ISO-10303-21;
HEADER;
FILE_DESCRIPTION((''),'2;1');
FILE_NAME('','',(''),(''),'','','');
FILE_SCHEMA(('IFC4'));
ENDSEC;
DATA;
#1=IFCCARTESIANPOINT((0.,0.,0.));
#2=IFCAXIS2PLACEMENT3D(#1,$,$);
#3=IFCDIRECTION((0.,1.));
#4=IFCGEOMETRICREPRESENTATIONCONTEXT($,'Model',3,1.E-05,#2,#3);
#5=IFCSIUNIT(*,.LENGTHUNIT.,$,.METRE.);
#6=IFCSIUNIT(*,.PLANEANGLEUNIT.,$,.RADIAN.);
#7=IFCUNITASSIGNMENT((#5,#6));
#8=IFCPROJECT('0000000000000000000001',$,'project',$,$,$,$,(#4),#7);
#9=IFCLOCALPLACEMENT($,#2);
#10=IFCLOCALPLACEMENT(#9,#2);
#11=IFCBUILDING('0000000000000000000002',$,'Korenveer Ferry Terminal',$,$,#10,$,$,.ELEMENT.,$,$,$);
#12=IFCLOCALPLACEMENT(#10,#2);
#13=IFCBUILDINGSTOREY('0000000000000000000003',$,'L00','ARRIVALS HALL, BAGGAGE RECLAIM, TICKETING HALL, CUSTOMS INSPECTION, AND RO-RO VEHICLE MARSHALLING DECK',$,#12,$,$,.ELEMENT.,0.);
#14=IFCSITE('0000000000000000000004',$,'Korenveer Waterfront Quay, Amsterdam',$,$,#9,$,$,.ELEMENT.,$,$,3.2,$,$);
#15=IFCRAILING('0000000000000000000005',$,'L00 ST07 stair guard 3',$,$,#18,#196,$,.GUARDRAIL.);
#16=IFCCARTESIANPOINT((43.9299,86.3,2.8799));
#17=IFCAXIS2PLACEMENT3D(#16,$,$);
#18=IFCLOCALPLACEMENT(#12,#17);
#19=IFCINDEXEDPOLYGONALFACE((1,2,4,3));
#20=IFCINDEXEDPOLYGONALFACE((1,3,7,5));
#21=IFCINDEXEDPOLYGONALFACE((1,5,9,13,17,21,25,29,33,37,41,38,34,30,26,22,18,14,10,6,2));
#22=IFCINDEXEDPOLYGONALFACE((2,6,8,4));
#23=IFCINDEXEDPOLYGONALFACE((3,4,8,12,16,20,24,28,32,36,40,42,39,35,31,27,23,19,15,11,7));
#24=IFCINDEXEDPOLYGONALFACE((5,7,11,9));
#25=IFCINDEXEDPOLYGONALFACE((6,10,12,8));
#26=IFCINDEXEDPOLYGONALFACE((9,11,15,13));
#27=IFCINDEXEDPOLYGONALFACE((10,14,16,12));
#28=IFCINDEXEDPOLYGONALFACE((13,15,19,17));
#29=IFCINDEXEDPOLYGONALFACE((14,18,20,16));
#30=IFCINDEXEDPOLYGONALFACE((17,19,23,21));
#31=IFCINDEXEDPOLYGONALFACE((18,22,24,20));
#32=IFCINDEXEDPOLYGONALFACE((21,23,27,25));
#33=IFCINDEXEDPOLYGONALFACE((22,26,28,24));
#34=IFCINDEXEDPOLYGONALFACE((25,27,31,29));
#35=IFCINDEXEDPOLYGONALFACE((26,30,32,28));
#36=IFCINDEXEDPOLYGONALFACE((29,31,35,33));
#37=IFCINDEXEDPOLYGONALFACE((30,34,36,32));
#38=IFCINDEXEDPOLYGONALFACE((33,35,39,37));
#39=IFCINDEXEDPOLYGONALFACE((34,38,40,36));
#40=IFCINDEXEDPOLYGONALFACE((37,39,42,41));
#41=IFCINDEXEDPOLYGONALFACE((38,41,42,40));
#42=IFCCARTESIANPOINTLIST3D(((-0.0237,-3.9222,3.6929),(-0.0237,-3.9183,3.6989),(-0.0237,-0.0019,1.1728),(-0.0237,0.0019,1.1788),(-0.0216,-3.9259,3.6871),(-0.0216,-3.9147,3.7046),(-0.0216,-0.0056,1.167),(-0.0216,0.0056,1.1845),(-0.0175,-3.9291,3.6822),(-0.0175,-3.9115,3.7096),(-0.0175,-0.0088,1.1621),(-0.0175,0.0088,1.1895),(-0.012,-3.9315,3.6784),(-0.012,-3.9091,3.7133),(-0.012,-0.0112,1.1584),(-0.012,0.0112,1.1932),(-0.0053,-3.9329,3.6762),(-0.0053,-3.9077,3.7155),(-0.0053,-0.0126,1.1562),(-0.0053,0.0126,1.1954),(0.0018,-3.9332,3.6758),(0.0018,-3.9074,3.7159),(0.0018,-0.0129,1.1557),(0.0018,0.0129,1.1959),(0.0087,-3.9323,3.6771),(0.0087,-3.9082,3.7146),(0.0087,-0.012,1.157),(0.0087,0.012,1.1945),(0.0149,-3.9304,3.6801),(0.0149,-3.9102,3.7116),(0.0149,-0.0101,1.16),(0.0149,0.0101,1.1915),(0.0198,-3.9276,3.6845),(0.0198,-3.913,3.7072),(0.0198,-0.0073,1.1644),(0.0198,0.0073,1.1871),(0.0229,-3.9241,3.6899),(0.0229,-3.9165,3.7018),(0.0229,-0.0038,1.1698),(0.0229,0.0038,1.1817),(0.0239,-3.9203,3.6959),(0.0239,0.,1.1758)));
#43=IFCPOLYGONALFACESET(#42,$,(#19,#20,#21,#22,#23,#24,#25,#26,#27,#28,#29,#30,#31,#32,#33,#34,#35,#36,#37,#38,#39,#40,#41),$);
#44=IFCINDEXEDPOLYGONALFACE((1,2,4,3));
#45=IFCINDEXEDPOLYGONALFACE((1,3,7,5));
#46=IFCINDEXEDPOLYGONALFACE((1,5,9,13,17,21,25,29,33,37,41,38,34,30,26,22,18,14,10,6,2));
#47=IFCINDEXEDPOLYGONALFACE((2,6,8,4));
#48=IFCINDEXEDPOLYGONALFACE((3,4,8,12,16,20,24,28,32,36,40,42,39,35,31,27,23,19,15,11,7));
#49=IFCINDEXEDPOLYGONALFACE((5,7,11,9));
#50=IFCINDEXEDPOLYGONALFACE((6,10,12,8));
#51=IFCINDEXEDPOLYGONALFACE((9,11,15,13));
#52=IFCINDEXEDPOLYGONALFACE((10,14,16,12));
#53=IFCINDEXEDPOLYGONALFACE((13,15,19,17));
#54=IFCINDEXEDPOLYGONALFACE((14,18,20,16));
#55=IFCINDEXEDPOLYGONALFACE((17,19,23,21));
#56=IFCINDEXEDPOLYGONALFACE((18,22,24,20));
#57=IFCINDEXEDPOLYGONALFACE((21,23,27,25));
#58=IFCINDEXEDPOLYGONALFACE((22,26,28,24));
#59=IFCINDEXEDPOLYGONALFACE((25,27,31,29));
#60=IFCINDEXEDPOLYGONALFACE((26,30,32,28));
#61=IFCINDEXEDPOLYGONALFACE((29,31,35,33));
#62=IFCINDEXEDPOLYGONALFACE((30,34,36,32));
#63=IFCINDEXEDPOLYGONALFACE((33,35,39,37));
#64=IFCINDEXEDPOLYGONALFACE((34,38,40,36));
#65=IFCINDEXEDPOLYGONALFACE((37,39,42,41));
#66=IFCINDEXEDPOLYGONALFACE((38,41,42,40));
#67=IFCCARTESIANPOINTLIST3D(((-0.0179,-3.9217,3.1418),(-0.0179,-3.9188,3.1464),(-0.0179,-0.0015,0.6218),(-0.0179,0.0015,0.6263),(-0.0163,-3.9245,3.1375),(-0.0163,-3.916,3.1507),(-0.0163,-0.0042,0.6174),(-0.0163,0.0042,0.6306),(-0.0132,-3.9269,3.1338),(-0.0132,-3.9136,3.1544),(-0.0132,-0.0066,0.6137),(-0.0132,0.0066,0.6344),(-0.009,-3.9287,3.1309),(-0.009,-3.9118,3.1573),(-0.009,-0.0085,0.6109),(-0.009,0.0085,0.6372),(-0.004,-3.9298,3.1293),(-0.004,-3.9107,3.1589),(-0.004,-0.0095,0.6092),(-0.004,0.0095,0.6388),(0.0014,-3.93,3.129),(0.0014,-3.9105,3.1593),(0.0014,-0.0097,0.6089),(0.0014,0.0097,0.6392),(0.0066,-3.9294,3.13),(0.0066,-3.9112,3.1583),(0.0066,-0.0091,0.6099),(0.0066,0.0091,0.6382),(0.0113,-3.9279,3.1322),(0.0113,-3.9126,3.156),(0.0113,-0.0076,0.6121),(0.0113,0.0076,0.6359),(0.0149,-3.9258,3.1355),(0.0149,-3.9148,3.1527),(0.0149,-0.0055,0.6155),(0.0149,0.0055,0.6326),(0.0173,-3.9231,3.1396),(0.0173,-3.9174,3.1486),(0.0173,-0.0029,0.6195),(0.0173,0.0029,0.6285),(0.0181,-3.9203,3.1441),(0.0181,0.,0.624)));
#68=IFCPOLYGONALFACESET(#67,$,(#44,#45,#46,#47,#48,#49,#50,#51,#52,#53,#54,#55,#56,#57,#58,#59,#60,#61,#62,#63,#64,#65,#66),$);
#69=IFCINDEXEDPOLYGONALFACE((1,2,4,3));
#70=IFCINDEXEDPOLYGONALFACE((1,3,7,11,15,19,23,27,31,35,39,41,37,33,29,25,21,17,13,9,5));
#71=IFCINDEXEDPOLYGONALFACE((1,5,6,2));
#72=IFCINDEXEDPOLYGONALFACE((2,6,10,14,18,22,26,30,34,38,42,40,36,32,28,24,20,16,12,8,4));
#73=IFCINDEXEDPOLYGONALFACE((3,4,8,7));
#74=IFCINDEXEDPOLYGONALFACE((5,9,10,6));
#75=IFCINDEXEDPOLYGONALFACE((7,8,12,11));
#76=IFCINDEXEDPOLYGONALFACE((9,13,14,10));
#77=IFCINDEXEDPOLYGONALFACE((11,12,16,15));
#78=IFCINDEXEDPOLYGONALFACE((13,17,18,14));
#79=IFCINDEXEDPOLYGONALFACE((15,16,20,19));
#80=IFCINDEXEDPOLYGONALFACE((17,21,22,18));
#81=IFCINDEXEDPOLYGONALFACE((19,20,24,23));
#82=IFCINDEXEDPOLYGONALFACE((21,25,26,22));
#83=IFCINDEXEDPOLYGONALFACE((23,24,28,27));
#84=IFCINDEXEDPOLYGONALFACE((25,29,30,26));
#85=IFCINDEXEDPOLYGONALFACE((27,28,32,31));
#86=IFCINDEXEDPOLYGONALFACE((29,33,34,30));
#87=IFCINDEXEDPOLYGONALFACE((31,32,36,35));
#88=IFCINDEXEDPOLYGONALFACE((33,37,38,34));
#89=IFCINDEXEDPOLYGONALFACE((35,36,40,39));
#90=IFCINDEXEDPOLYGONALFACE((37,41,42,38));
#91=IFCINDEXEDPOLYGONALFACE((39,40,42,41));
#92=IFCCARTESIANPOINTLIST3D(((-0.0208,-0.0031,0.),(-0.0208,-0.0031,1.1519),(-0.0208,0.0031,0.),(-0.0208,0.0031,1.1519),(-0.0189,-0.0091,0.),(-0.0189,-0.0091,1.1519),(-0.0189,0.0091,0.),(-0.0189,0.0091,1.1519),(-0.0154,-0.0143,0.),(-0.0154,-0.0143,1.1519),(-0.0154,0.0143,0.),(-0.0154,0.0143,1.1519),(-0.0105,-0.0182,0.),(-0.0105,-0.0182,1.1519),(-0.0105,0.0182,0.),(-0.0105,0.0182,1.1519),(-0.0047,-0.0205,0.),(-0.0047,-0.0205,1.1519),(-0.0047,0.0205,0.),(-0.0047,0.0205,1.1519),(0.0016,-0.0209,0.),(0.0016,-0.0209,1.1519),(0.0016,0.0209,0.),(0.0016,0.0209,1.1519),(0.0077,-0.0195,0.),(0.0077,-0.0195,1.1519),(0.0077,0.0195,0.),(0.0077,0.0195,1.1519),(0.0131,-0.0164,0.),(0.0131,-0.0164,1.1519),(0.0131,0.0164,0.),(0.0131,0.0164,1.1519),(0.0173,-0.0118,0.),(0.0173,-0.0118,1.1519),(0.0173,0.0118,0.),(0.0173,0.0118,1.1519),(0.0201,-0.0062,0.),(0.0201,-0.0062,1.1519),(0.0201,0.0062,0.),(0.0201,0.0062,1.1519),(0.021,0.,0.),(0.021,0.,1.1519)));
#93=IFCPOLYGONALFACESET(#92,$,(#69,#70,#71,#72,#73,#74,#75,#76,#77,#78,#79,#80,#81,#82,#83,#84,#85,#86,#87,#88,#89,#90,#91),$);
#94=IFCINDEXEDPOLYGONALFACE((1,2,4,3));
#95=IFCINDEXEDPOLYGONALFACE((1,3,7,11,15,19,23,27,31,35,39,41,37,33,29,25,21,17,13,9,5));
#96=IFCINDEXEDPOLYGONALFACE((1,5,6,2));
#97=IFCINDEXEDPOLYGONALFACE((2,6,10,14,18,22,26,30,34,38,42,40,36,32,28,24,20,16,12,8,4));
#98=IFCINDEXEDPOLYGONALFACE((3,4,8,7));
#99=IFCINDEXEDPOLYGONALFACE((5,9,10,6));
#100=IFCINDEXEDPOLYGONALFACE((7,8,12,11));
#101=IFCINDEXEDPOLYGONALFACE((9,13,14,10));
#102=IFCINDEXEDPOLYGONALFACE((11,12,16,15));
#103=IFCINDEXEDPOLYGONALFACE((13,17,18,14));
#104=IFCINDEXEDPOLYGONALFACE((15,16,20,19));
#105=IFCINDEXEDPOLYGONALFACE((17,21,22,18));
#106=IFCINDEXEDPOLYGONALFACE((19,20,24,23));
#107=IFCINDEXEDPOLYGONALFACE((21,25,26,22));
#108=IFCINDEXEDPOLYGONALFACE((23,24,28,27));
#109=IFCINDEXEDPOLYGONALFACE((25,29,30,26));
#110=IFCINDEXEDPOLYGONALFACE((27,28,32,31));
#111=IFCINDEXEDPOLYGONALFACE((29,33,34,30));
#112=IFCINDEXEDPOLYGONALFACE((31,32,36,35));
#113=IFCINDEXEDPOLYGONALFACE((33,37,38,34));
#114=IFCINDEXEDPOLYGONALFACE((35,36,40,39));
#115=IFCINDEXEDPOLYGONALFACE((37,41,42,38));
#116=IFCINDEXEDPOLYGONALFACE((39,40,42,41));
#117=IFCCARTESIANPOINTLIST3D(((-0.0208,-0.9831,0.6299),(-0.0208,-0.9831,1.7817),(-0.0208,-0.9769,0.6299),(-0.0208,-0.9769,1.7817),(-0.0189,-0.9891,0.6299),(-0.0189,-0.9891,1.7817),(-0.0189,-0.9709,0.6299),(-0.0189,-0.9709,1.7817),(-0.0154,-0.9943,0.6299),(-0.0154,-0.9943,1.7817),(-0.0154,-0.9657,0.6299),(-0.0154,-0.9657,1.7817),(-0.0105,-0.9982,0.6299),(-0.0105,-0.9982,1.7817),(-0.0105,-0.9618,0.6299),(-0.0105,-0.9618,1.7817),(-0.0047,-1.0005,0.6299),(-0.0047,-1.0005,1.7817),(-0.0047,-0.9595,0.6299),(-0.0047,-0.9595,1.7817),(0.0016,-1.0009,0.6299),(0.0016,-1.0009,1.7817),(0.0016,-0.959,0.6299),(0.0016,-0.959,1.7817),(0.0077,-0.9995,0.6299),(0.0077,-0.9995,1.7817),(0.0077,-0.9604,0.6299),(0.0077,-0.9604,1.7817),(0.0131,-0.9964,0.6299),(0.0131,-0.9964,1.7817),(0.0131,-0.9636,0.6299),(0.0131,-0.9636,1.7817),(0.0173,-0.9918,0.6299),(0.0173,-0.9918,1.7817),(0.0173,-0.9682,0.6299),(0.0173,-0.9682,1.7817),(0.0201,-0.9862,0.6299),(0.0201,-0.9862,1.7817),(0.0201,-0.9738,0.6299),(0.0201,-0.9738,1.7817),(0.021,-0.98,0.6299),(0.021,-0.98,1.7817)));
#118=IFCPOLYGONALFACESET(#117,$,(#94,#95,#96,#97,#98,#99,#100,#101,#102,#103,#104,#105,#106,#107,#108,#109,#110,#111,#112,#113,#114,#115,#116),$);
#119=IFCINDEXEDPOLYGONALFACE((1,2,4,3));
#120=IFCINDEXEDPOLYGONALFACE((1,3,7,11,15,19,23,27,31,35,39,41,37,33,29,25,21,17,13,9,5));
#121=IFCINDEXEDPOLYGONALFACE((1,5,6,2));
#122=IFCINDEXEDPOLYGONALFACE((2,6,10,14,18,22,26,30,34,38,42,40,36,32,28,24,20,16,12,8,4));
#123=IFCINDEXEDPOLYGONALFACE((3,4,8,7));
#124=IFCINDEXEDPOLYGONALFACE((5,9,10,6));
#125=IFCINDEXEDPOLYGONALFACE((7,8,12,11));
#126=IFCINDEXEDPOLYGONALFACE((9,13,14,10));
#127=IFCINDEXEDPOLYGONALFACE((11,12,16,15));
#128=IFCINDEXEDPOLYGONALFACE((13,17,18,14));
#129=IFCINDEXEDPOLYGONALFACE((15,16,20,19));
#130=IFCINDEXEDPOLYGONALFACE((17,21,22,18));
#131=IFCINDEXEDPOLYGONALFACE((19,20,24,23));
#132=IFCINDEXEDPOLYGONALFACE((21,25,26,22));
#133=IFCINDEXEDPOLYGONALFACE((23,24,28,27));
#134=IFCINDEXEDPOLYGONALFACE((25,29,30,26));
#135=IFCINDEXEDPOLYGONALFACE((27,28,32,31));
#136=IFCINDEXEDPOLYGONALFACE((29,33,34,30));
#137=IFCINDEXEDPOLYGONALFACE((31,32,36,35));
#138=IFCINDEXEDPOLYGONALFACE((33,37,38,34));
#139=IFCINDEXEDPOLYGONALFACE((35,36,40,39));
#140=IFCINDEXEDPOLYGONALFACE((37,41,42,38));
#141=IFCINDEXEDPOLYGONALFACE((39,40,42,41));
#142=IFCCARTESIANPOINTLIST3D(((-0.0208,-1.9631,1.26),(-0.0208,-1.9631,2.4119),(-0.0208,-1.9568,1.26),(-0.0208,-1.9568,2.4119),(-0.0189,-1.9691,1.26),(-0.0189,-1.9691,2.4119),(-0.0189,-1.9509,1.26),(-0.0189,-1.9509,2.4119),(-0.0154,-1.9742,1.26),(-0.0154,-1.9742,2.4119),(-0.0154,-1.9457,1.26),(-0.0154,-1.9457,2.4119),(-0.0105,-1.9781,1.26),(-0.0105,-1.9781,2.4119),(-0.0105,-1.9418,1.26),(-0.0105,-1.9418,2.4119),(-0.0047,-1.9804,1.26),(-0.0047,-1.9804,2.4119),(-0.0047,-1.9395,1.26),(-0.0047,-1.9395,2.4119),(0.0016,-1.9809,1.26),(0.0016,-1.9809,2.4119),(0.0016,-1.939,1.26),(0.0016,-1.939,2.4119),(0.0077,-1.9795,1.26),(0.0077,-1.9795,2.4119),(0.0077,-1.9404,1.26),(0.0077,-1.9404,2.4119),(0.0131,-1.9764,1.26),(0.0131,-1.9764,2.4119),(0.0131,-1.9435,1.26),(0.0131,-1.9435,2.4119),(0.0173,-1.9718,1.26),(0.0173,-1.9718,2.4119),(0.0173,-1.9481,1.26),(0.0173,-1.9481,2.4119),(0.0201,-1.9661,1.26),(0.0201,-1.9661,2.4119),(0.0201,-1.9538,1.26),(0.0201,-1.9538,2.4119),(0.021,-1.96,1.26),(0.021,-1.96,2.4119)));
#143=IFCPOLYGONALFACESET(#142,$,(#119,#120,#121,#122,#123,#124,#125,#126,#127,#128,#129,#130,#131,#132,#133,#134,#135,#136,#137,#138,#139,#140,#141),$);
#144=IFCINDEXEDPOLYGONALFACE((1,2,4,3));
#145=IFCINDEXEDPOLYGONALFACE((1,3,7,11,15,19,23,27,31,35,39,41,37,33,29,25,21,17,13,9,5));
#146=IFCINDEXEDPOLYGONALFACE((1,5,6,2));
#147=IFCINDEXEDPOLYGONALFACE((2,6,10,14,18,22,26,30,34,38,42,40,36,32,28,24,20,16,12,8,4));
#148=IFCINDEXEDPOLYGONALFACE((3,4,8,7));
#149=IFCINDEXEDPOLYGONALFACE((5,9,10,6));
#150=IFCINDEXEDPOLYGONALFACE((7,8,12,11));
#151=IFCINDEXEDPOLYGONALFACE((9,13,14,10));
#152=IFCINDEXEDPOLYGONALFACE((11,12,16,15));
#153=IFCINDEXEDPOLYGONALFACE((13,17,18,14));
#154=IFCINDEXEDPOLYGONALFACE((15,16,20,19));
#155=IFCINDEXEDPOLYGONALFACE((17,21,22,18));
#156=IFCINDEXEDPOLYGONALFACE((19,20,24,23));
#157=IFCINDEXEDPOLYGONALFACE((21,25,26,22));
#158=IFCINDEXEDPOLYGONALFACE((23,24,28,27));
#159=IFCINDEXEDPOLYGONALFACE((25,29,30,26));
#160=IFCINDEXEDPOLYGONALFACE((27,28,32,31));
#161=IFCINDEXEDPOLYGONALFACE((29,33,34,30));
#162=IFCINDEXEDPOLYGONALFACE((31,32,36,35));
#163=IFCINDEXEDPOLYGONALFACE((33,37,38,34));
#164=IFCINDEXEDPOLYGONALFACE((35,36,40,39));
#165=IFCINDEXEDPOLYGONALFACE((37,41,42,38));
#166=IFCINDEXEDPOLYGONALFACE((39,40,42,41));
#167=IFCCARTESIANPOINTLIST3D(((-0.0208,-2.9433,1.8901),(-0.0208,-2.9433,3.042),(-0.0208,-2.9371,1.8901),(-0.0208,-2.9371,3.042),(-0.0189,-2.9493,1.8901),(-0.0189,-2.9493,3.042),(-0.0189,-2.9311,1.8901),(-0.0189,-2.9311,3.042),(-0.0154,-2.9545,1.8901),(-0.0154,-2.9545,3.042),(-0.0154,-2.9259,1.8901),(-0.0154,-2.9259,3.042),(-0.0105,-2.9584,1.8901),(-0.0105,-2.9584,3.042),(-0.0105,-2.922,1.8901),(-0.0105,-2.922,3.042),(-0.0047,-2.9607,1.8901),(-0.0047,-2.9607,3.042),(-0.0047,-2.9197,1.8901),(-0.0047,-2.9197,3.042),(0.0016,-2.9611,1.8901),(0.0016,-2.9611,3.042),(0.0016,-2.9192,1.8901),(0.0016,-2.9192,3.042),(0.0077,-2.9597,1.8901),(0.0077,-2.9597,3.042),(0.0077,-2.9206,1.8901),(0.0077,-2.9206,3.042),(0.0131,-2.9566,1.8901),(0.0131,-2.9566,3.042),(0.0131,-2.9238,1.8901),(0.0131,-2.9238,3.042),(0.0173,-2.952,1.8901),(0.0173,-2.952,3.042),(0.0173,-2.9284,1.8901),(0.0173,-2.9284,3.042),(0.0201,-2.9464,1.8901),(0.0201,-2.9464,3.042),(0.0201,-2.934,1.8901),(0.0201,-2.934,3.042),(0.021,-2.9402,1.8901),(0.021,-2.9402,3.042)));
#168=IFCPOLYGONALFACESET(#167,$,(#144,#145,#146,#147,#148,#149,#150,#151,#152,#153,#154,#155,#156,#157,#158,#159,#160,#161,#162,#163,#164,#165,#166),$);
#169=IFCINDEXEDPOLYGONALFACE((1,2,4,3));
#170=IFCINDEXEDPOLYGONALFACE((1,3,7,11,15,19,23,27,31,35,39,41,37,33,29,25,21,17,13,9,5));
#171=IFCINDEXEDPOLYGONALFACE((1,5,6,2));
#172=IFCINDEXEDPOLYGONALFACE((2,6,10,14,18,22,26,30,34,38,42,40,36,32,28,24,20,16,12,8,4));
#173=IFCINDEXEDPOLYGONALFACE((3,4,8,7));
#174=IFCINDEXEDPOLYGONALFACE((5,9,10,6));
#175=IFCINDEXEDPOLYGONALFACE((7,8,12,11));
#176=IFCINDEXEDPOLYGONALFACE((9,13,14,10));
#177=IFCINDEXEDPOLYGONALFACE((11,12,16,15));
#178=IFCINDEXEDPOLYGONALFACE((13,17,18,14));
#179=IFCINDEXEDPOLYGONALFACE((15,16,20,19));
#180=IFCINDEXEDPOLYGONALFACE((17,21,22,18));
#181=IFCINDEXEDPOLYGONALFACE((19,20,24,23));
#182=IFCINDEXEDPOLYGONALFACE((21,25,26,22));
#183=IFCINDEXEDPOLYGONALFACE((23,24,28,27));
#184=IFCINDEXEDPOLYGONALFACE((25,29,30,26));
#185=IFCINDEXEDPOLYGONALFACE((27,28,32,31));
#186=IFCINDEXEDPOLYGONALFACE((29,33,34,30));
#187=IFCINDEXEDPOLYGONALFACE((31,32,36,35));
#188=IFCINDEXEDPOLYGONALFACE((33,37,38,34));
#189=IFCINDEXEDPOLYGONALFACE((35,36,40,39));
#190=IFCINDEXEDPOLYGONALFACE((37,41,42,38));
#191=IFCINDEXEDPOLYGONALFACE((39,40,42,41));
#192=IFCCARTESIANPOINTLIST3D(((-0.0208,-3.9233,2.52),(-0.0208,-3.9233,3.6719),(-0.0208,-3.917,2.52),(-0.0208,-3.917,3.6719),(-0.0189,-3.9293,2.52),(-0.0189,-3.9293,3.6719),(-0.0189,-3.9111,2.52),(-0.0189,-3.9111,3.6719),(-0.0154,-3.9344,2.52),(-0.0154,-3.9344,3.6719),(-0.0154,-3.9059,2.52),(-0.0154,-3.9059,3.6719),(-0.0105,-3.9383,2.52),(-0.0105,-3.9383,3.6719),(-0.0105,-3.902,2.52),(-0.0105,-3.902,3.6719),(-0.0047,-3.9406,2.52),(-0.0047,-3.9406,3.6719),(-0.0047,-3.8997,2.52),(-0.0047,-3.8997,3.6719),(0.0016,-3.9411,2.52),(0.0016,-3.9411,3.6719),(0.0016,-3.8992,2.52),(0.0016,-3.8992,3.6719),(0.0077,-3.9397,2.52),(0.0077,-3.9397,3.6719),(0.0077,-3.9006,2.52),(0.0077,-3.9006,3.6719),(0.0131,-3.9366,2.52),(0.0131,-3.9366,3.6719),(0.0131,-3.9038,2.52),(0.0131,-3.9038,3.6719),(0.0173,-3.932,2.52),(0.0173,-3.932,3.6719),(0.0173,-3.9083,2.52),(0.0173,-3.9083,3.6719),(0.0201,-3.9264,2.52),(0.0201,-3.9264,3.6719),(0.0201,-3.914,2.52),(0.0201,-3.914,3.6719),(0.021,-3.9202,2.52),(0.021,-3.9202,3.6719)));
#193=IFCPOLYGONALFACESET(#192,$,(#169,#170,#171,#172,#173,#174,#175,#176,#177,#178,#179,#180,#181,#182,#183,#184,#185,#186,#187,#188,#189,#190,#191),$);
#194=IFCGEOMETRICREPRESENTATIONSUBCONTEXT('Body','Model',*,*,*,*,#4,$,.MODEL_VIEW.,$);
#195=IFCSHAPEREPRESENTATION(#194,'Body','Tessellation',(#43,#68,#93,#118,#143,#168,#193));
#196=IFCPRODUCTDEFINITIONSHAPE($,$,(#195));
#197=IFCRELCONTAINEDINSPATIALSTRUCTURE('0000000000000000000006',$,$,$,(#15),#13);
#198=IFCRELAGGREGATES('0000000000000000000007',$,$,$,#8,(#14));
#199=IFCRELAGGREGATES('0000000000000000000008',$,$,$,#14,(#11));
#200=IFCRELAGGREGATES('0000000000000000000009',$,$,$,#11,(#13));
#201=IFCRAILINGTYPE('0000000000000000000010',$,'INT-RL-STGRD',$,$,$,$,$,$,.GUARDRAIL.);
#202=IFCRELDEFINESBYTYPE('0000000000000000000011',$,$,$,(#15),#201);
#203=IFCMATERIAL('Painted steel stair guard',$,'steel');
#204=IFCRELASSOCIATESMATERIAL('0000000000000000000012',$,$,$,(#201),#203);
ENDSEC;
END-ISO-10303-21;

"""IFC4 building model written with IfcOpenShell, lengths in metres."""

from ifc_helpers import new_model, si_unit, direction, frame, origin, origin_2d, place, context, subcontext, project, spatial, circle, extrude, material, type_object, element, save


model = new_model("IFC4")

# Units and contexts
model_context = context("Model", 3, precision=1e-05, world=origin(), true_north=direction((0.0, 1.0)))
body_context = subcontext(model_context, "Body", "Model", "MODEL_VIEW")
ifc_project = project(units=[si_unit("LENGTHUNIT", "METRE"), si_unit("PLANEANGLEUNIT", "RADIAN")], contexts=[model_context])

# Site, building, storey
site_placement = place(None, origin())
site = spatial("IfcSite", under=ifc_project, at=site_placement, Name="Korenveer Waterfront Quay, Amsterdam", CompositionType="ELEMENT", RefElevation=3.2)
building_placement = place(site_placement, origin())
building = spatial("IfcBuilding", under=site, at=building_placement, Name="Korenveer Ferry Terminal", CompositionType="ELEMENT")
storey_placement = place(building_placement, origin())
storey = spatial("IfcBuildingStorey", under=building, at=storey_placement, Name="L00", Description="ARRIVALS HALL, BAGGAGE RECLAIM, TICKETING HALL, CUSTOMS INSPECTION, AND RO-RO VEHICLE MARSHALLING DECK", CompositionType="ELEMENT", Elevation=0.0)

# Railing
ifc_material_1 = material(Name="Painted steel stair guard", Category="steel")
railing_type_1 = type_object("IfcRailingType", Name="INT-RL-STGRD", PredefinedType="GUARDRAIL", material=ifc_material_1)
railing_1_placement = place(storey_placement, frame((43.9299, 86.3, 2.8799)))
element("IfcRailing", 1, at=railing_1_placement, inside=storey, type_object=railing_type_1, Name="L00 ST07 stair guard 3", PredefinedType="GUARDRAIL", context=body_context, shape_type="SweptSolid", body=[
    extrude(circle(Radius=0.0239, at=origin_2d()), frame((0.0, 0.0, 1.1758), z_axis=(0.0, -0.841187, 0.540744), x_axis=(1.0, 0.0, 0.0)), (0.0, 0.0, 1.0), 4.6604),
    extrude(circle(Radius=0.0181, at=origin_2d()), frame((0.0, 0.0, 0.624), z_axis=(0.0, -0.841187, 0.540744), x_axis=(1.0, 0.0, 0.0)), (0.0, 0.0, 1.0), 4.6604),
    extrude(circle(Radius=0.021, at=origin_2d()), origin(), (0.0, 0.0, 1.0), 1.1519),
    extrude(circle(Radius=0.021, at=origin_2d()), frame((0.0, -0.98, 0.6299)), (0.0, 0.0, 1.0), 1.1519),
    extrude(circle(Radius=0.021, at=origin_2d()), frame((0.0, -1.96, 1.26)), (0.0, 0.0, 1.0), 1.1519),
    extrude(circle(Radius=0.021, at=origin_2d()), frame((0.0, -2.9402, 1.8901)), (0.0, 0.0, 1.0), 1.1519),
    extrude(circle(Radius=0.021, at=origin_2d()), frame((0.0, -3.9202, 2.52)), (0.0, 0.0, 1.0), 1.1519),
])

save(model, "model.ifc")
